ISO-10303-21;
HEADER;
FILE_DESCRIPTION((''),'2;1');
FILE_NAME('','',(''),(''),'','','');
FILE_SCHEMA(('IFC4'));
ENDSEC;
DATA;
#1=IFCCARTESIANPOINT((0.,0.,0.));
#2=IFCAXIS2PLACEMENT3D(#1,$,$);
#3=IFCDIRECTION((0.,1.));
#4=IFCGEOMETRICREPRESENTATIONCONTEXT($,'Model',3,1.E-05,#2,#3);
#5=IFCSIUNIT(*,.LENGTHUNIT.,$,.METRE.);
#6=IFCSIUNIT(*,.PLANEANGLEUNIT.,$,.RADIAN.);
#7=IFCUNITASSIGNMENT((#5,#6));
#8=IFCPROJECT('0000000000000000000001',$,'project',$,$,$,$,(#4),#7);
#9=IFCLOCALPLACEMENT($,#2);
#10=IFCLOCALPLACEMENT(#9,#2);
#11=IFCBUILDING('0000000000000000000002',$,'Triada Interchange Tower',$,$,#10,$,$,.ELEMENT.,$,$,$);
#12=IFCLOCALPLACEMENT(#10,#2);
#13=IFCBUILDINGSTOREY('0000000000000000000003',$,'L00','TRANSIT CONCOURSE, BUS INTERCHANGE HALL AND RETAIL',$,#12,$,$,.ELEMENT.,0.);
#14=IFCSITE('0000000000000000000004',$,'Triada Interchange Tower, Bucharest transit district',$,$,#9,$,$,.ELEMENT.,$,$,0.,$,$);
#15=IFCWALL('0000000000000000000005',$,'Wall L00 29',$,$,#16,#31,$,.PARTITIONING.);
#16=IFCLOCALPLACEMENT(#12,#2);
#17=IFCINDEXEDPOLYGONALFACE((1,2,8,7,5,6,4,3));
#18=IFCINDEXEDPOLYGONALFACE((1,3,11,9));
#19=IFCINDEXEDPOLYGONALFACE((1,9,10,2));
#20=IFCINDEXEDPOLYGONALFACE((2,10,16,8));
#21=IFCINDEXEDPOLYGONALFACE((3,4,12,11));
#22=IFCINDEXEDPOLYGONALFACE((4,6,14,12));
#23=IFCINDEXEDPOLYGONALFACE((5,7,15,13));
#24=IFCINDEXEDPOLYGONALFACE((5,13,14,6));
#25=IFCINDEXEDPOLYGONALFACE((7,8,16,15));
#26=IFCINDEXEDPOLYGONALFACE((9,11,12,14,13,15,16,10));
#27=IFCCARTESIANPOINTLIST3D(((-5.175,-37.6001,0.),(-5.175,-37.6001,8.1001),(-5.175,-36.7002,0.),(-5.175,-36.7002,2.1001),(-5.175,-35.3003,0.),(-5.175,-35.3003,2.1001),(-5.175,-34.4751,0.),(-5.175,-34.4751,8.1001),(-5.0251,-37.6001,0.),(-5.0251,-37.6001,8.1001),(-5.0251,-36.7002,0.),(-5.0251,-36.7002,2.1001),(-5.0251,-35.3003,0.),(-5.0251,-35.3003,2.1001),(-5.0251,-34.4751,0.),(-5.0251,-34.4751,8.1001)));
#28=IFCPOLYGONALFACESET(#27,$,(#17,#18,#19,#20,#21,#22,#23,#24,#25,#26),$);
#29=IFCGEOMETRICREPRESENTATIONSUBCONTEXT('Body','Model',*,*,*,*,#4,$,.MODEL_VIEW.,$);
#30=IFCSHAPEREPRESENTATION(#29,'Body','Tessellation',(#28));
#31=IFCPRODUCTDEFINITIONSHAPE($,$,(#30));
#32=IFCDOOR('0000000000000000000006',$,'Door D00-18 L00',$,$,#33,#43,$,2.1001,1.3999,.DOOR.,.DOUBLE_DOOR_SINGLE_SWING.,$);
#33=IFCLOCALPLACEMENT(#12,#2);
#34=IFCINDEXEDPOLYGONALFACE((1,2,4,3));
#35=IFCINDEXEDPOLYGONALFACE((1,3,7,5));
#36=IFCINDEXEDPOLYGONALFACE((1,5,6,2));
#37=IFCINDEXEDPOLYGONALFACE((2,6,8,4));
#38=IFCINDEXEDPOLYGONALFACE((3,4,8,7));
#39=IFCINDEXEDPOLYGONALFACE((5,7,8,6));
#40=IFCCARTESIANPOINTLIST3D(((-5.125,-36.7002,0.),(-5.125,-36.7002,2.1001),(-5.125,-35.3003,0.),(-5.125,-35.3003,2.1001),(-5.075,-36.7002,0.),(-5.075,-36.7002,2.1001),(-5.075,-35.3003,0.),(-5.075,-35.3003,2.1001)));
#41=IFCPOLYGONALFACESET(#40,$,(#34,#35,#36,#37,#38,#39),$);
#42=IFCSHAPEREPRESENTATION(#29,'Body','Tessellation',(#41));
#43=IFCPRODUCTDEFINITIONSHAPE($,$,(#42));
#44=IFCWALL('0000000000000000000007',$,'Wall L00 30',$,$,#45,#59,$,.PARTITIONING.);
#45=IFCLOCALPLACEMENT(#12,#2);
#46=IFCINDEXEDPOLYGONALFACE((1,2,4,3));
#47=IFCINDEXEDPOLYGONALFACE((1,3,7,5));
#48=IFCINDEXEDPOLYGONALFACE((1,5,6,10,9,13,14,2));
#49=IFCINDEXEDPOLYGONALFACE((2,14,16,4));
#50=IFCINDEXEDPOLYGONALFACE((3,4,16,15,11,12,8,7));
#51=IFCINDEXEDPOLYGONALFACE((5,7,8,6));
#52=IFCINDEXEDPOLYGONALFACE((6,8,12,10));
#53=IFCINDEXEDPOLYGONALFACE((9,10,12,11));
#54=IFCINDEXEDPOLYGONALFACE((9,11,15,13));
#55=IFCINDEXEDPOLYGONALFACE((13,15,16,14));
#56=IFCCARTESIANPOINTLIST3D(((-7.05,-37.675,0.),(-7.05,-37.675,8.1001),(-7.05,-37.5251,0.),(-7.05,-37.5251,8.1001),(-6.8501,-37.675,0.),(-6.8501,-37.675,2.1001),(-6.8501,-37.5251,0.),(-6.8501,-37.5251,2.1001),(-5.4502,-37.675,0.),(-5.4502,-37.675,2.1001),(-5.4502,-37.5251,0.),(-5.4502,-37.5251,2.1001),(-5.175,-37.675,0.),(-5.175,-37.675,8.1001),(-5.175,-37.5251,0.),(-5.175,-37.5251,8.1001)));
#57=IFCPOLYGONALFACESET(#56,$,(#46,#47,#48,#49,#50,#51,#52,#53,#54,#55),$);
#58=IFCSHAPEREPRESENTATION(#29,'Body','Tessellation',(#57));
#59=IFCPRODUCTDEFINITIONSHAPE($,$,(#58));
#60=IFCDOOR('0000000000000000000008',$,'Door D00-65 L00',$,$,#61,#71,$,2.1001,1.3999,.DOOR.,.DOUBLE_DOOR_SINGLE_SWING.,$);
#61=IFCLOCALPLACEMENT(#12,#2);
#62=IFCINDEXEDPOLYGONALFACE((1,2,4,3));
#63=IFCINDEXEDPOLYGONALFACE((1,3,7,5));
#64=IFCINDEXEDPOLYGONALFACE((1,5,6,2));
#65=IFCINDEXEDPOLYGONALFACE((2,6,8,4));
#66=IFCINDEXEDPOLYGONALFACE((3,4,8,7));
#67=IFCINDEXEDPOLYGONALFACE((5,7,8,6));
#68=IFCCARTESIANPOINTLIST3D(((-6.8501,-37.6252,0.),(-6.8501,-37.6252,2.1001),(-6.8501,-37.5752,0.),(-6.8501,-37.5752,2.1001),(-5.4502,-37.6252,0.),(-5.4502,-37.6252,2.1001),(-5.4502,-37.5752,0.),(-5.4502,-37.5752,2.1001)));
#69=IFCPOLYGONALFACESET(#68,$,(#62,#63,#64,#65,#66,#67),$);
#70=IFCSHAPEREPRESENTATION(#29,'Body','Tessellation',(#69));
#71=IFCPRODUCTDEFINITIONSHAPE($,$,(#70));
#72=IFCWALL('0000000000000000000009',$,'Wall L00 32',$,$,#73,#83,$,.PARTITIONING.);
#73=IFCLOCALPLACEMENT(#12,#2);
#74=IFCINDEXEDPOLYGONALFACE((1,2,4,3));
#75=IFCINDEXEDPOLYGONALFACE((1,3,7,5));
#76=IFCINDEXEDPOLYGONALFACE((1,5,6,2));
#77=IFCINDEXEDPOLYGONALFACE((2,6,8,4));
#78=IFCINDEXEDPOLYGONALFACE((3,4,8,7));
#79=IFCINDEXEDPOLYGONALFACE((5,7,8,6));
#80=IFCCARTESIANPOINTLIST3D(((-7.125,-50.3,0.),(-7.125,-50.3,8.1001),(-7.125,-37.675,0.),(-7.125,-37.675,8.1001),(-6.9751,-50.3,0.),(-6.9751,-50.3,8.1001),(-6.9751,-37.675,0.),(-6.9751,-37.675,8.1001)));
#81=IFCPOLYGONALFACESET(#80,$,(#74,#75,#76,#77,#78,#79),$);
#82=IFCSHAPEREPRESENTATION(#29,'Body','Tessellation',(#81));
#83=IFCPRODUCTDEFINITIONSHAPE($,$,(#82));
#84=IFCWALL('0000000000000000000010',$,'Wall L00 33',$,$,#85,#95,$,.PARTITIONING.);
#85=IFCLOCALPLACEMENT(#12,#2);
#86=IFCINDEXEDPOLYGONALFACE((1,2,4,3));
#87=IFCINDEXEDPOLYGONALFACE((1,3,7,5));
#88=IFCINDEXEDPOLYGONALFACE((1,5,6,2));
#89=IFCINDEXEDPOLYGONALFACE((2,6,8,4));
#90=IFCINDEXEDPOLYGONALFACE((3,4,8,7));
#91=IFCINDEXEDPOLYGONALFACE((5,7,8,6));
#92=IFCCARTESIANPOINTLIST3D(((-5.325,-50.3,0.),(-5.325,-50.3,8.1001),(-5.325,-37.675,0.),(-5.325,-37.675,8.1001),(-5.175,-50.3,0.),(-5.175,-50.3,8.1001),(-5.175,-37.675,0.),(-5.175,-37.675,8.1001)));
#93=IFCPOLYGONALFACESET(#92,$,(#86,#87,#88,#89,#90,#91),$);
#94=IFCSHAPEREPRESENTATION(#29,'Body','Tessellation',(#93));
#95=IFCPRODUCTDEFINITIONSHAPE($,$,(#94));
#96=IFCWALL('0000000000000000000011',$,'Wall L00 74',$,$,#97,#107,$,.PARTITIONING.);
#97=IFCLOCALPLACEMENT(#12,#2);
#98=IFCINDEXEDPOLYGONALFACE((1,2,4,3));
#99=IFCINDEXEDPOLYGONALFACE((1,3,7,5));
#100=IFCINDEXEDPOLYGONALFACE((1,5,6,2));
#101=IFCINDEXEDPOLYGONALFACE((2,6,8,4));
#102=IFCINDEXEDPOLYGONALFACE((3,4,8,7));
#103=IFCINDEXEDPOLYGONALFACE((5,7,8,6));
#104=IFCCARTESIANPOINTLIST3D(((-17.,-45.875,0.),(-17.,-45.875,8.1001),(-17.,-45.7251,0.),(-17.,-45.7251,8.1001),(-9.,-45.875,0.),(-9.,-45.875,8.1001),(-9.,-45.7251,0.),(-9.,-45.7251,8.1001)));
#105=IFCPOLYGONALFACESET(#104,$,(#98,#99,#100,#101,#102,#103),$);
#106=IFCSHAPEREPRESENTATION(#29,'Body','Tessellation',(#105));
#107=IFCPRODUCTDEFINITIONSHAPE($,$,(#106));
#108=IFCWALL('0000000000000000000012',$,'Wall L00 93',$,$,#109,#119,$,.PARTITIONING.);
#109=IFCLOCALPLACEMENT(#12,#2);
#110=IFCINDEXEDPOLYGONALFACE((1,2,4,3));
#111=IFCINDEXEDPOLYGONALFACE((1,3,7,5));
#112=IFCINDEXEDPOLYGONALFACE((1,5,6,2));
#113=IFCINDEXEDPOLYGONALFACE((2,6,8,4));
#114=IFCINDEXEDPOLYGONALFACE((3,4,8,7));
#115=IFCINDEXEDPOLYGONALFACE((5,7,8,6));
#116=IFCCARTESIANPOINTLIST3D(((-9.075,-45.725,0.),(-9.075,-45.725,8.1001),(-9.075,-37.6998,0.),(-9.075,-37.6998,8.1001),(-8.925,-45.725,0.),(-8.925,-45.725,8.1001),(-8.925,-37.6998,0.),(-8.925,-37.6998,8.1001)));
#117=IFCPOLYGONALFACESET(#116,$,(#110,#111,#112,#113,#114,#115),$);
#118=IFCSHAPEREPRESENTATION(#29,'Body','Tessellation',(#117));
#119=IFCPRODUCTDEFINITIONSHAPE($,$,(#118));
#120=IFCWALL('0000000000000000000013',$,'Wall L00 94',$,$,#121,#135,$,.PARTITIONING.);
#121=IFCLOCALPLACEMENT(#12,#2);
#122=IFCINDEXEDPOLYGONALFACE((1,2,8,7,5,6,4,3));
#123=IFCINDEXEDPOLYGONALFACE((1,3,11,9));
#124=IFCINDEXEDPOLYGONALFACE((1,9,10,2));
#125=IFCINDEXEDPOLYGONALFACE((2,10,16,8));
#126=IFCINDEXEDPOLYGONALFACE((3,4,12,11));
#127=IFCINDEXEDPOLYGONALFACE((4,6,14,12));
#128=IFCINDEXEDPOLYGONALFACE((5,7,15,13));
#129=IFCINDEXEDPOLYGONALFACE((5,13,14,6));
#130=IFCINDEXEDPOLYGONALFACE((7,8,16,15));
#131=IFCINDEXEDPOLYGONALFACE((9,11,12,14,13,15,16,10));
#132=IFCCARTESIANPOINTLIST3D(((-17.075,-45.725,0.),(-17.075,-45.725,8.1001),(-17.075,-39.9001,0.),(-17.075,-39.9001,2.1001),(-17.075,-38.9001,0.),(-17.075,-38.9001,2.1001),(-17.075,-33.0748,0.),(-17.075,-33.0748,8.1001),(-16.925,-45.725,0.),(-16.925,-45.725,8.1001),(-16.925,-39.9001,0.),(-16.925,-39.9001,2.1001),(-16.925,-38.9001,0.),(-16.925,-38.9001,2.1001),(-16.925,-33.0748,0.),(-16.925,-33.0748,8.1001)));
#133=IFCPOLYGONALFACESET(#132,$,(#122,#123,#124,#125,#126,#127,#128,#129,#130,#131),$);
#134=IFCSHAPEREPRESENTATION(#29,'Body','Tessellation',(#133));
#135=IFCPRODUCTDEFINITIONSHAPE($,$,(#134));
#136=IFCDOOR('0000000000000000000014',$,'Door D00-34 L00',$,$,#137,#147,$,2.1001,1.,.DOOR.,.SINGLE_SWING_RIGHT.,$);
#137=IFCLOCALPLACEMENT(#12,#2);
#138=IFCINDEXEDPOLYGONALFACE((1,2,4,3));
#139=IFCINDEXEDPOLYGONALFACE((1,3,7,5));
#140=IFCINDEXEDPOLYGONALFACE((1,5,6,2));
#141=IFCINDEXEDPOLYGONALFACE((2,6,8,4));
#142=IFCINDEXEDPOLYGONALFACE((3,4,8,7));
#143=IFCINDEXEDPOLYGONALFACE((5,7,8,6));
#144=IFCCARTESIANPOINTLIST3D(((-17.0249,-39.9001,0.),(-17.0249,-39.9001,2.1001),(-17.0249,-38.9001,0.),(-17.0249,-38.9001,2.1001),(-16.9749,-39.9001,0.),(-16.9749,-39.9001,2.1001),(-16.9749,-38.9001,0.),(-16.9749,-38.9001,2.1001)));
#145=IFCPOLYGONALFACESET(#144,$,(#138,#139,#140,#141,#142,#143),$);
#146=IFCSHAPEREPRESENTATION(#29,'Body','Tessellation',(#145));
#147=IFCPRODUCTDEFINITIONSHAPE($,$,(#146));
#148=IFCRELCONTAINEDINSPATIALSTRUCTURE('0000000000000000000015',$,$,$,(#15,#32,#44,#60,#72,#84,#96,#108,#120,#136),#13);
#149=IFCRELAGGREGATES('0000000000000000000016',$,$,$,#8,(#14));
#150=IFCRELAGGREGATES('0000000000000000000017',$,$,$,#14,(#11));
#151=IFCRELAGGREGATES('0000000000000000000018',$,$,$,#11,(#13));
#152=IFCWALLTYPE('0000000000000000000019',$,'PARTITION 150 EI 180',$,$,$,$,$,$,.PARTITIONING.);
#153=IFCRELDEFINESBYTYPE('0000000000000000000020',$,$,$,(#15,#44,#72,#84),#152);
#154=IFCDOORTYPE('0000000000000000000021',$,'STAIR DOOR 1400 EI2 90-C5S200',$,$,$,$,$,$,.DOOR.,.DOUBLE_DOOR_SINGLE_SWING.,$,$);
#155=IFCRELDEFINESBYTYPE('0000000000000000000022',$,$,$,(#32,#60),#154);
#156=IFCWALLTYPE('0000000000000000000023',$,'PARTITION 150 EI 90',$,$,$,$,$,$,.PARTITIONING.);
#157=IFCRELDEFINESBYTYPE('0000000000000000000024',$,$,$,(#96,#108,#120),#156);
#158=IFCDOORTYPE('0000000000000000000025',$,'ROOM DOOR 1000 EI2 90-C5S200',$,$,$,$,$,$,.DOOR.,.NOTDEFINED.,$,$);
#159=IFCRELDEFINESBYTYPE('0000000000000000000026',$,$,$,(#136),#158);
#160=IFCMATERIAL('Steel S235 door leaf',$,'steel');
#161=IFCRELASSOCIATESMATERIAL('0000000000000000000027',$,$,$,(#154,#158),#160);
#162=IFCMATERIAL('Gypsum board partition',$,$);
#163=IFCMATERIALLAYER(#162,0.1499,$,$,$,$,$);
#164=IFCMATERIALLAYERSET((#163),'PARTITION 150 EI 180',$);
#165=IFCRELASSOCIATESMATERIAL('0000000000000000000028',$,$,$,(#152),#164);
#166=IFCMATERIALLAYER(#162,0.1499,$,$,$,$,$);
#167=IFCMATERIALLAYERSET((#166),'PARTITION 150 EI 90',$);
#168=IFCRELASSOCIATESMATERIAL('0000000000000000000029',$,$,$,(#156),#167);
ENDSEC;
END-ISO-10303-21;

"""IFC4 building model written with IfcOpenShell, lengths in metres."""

from ifc_helpers import new_model, si_unit, direction, frame, frame_2d, origin, place, context, subcontext, project, spatial, rectangle, extrude, material, layer, layer_set, type_object, element, fill, save


model = new_model("IFC4")

# Units and contexts
model_context = context("Model", 3, precision=1e-05, world=origin(), true_north=direction((0.0, 1.0)))
body_context = subcontext(model_context, "Body", "Model", "MODEL_VIEW")
ifc_project = project(units=[si_unit("LENGTHUNIT", "METRE"), si_unit("PLANEANGLEUNIT", "RADIAN")], contexts=[model_context])

# Site, building, storey
site_placement = place(None, origin())
site = spatial("IfcSite", under=ifc_project, at=site_placement, Name="Triada Interchange Tower, Bucharest transit district", CompositionType="ELEMENT", RefElevation=0.0)
building_placement = place(site_placement, origin())
building = spatial("IfcBuilding", under=site, at=building_placement, Name="Triada Interchange Tower", CompositionType="ELEMENT")
storey_placement = place(building_placement, origin())
storey = spatial("IfcBuildingStorey", under=building, at=storey_placement, Name="L00", Description="TRANSIT CONCOURSE, BUS INTERCHANGE HALL AND RETAIL", CompositionType="ELEMENT", Elevation=0.0)

# Shared definitions
ifc_material_1 = material(Name="Steel S235 door leaf", Category="steel")
door_type_1 = type_object("IfcDoorType", Name="STAIR DOOR 1400 EI2 90-C5S200", OperationType="DOUBLE_DOOR_SINGLE_SWING", PredefinedType="DOOR", material=ifc_material_1)

# Walls, openings, doors
ifc_material_2 = material(Name="Gypsum board partition")
ifc_layer_1 = layer(ifc_material_2, 0.1499)
ifc_layer_set_1 = layer_set([ifc_layer_1], Name="PARTITION 150 EI 180")
wall_type_1 = type_object("IfcWallType", Name="PARTITION 150 EI 180", PredefinedType="PARTITIONING", material=ifc_layer_set_1)
wall_1_placement = place(storey_placement, frame((-5.1001, -37.6001, 0.0), z_axis=(0.0, 0.0, 1.0), x_axis=(0.0, 1.0, 0.0)))
wall_1 = element("IfcWall", 1, at=wall_1_placement, inside=storey, type_object=wall_type_1, Name="Wall L00 29", PredefinedType="PARTITIONING", context=body_context, shape_type="SweptSolid", body=[
    extrude(rectangle(XDim=3.125, YDim=0.1499, at=frame_2d((1.5625, 0.0))), origin(), (0.0, 0.0, 1.0), 8.1001),
])
opening_1_placement = place(wall_1_placement, frame((0.8999, 0.0, 0.0)))
opening_1 = element("IfcOpeningElement", 2, at=opening_1_placement, cuts=wall_1, PredefinedType="OPENING", context=body_context, shape_type="SweptSolid", body=[
    extrude(rectangle(XDim=1.3999, YDim=2.1001, at=frame_2d((0.7, 1.05))), frame((0.0, 0.085, 0.0), z_axis=(0.0, -1.0, 0.0), x_axis=(1.0, 0.0, 0.0)), (0.0, 0.0, 1.0), 0.1699),
])
door_1_placement = place(opening_1_placement, origin())
door_1 = element("IfcDoor", 3, at=door_1_placement, inside=storey, type_object=door_type_1, Name="Door D00-18 L00", OperationType="DOUBLE_DOOR_SINGLE_SWING", OverallHeight=2.1001, OverallWidth=1.3999, PredefinedType="DOOR", context=body_context, shape_type="SweptSolid", body=[
    extrude(rectangle(XDim=1.3999, YDim=2.1001, at=frame_2d((0.7, 1.05))), frame((0.0, 0.0249, 0.0), z_axis=(0.0, -1.0, 0.0), x_axis=(1.0, 0.0, 0.0)), (0.0, 0.0, 1.0), 0.05),
])
fill(opening_1, door_1)
wall_2_placement = place(storey_placement, frame((-7.05, -37.6001, 0.0), z_axis=(0.0, 0.0, 1.0), x_axis=(1.0, 0.0, 0.0)))
wall_2 = element("IfcWall", 4, at=wall_2_placement, inside=storey, type_object=wall_type_1, Name="Wall L00 30", PredefinedType="PARTITIONING", context=body_context, shape_type="SweptSolid", body=[
    extrude(rectangle(XDim=1.875, YDim=0.1499, at=frame_2d((0.9375, 0.0))), origin(), (0.0, 0.0, 1.0), 8.1001),
])
opening_2_placement = place(wall_2_placement, frame((0.2, 0.0, 0.0)))
opening_2 = element("IfcOpeningElement", 5, at=opening_2_placement, cuts=wall_2, PredefinedType="OPENING", context=body_context, shape_type="SweptSolid", body=[
    extrude(rectangle(XDim=1.3999, YDim=2.1001, at=frame_2d((0.7, 1.05))), frame((0.0, 0.085, 0.0), z_axis=(0.0, -1.0, 0.0), x_axis=(1.0, 0.0, 0.0)), (0.0, 0.0, 1.0), 0.1699),
])
door_2_placement = place(opening_2_placement, origin())
door_2 = element("IfcDoor", 6, at=door_2_placement, inside=storey, type_object=door_type_1, Name="Door D00-65 L00", OperationType="DOUBLE_DOOR_SINGLE_SWING", OverallHeight=2.1001, OverallWidth=1.3999, PredefinedType="DOOR", context=body_context, shape_type="SweptSolid", body=[
    extrude(rectangle(XDim=1.3999, YDim=2.1001, at=frame_2d((0.7, 1.05))), frame((0.0, 0.0249, 0.0), z_axis=(0.0, -1.0, 0.0), x_axis=(1.0, 0.0, 0.0)), (0.0, 0.0, 1.0), 0.05),
])
fill(opening_2, door_2)

# Walls
for number, where, z_axis, x_axis, name in (
    (7, (-7.05, -50.3, 0.0), (0.0, 0.0, 1.0), (0.0, 1.0, 0.0), "Wall L00 32"),
    (8, (-5.25, -50.3, 0.0), (0.0, 0.0, 1.0), (0.0, 1.0, 0.0), "Wall L00 33"),
):
    element("IfcWall", number, at=place(storey_placement, frame(where, z_axis=z_axis, x_axis=x_axis)), inside=storey, type_object=wall_type_1, Name=name, PredefinedType="PARTITIONING", context=body_context, shape_type="SweptSolid", body=[
        extrude(rectangle(XDim=12.625, YDim=0.1499, at=frame_2d((6.3125, 0.0))), origin(), (0.0, 0.0, 1.0), 8.1001),
    ])
ifc_layer_2 = layer(ifc_material_2, 0.1499)
ifc_layer_set_2 = layer_set([ifc_layer_2], Name="PARTITION 150 EI 90")
wall_type_2 = type_object("IfcWallType", Name="PARTITION 150 EI 90", PredefinedType="PARTITIONING", material=ifc_layer_set_2)
wall_3_placement = place(storey_placement, frame((-17.0, -45.8, 0.0), z_axis=(0.0, 0.0, 1.0), x_axis=(1.0, 0.0, 0.0)))
element("IfcWall", 9, at=wall_3_placement, inside=storey, type_object=wall_type_2, Name="Wall L00 74", PredefinedType="PARTITIONING", context=body_context, shape_type="SweptSolid", body=[
    extrude(rectangle(XDim=8.0, YDim=0.1499, at=frame_2d((4.0, 0.0))), origin(), (0.0, 0.0, 1.0), 8.1001),
])
wall_4_placement = place(storey_placement, frame((-9.0, -45.7251, 0.0), z_axis=(0.0, 0.0, 1.0), x_axis=(0.0, 1.0, 0.0)))
element("IfcWall", 10, at=wall_4_placement, inside=storey, type_object=wall_type_2, Name="Wall L00 93", PredefinedType="PARTITIONING", context=body_context, shape_type="SweptSolid", body=[
    extrude(rectangle(XDim=8.0251, YDim=0.1499, at=frame_2d((4.0127, 0.0))), origin(), (0.0, 0.0, 1.0), 8.1001),
])

# Wall, opening, door
wall_5_placement = place(storey_placement, frame((-17.0, -45.7251, 0.0), z_axis=(0.0, 0.0, 1.0), x_axis=(0.0, 1.0, 0.0)))
wall_5 = element("IfcWall", 11, at=wall_5_placement, inside=storey, type_object=wall_type_2, Name="Wall L00 94", PredefinedType="PARTITIONING", context=body_context, shape_type="SweptSolid", body=[
    extrude(rectangle(XDim=12.6501, YDim=0.1499, at=frame_2d((6.3252, 0.0))), origin(), (0.0, 0.0, 1.0), 8.1001),
])
opening_3_placement = place(wall_5_placement, frame((5.825, 0.0, 0.0)))
opening_3 = element("IfcOpeningElement", 12, at=opening_3_placement, cuts=wall_5, PredefinedType="OPENING", context=body_context, shape_type="SweptSolid", body=[
    extrude(rectangle(XDim=1.0, YDim=2.1001, at=frame_2d((0.5, 1.05))), frame((0.0, 0.085, 0.0), z_axis=(0.0, -1.0, 0.0), x_axis=(1.0, 0.0, 0.0)), (0.0, 0.0, 1.0), 0.1699),
])
door_type_2 = type_object("IfcDoorType", Name="ROOM DOOR 1000 EI2 90-C5S200", OperationType="NOTDEFINED", PredefinedType="DOOR", material=ifc_material_1)
door_3_placement = place(opening_3_placement, origin())
door_3 = element("IfcDoor", 13, at=door_3_placement, inside=storey, type_object=door_type_2, Name="Door D00-34 L00", OperationType="SINGLE_SWING_RIGHT", OverallHeight=2.1001, OverallWidth=1.0, PredefinedType="DOOR", context=body_context, shape_type="SweptSolid", body=[
    extrude(rectangle(XDim=1.0, YDim=2.1001, at=frame_2d((0.5, 1.05))), frame((0.0, 0.0249, 0.0), z_axis=(0.0, -1.0, 0.0), x_axis=(1.0, 0.0, 0.0)), (0.0, 0.0, 1.0), 0.05),
])
fill(opening_3, door_3)

save(model, "model.ifc")
